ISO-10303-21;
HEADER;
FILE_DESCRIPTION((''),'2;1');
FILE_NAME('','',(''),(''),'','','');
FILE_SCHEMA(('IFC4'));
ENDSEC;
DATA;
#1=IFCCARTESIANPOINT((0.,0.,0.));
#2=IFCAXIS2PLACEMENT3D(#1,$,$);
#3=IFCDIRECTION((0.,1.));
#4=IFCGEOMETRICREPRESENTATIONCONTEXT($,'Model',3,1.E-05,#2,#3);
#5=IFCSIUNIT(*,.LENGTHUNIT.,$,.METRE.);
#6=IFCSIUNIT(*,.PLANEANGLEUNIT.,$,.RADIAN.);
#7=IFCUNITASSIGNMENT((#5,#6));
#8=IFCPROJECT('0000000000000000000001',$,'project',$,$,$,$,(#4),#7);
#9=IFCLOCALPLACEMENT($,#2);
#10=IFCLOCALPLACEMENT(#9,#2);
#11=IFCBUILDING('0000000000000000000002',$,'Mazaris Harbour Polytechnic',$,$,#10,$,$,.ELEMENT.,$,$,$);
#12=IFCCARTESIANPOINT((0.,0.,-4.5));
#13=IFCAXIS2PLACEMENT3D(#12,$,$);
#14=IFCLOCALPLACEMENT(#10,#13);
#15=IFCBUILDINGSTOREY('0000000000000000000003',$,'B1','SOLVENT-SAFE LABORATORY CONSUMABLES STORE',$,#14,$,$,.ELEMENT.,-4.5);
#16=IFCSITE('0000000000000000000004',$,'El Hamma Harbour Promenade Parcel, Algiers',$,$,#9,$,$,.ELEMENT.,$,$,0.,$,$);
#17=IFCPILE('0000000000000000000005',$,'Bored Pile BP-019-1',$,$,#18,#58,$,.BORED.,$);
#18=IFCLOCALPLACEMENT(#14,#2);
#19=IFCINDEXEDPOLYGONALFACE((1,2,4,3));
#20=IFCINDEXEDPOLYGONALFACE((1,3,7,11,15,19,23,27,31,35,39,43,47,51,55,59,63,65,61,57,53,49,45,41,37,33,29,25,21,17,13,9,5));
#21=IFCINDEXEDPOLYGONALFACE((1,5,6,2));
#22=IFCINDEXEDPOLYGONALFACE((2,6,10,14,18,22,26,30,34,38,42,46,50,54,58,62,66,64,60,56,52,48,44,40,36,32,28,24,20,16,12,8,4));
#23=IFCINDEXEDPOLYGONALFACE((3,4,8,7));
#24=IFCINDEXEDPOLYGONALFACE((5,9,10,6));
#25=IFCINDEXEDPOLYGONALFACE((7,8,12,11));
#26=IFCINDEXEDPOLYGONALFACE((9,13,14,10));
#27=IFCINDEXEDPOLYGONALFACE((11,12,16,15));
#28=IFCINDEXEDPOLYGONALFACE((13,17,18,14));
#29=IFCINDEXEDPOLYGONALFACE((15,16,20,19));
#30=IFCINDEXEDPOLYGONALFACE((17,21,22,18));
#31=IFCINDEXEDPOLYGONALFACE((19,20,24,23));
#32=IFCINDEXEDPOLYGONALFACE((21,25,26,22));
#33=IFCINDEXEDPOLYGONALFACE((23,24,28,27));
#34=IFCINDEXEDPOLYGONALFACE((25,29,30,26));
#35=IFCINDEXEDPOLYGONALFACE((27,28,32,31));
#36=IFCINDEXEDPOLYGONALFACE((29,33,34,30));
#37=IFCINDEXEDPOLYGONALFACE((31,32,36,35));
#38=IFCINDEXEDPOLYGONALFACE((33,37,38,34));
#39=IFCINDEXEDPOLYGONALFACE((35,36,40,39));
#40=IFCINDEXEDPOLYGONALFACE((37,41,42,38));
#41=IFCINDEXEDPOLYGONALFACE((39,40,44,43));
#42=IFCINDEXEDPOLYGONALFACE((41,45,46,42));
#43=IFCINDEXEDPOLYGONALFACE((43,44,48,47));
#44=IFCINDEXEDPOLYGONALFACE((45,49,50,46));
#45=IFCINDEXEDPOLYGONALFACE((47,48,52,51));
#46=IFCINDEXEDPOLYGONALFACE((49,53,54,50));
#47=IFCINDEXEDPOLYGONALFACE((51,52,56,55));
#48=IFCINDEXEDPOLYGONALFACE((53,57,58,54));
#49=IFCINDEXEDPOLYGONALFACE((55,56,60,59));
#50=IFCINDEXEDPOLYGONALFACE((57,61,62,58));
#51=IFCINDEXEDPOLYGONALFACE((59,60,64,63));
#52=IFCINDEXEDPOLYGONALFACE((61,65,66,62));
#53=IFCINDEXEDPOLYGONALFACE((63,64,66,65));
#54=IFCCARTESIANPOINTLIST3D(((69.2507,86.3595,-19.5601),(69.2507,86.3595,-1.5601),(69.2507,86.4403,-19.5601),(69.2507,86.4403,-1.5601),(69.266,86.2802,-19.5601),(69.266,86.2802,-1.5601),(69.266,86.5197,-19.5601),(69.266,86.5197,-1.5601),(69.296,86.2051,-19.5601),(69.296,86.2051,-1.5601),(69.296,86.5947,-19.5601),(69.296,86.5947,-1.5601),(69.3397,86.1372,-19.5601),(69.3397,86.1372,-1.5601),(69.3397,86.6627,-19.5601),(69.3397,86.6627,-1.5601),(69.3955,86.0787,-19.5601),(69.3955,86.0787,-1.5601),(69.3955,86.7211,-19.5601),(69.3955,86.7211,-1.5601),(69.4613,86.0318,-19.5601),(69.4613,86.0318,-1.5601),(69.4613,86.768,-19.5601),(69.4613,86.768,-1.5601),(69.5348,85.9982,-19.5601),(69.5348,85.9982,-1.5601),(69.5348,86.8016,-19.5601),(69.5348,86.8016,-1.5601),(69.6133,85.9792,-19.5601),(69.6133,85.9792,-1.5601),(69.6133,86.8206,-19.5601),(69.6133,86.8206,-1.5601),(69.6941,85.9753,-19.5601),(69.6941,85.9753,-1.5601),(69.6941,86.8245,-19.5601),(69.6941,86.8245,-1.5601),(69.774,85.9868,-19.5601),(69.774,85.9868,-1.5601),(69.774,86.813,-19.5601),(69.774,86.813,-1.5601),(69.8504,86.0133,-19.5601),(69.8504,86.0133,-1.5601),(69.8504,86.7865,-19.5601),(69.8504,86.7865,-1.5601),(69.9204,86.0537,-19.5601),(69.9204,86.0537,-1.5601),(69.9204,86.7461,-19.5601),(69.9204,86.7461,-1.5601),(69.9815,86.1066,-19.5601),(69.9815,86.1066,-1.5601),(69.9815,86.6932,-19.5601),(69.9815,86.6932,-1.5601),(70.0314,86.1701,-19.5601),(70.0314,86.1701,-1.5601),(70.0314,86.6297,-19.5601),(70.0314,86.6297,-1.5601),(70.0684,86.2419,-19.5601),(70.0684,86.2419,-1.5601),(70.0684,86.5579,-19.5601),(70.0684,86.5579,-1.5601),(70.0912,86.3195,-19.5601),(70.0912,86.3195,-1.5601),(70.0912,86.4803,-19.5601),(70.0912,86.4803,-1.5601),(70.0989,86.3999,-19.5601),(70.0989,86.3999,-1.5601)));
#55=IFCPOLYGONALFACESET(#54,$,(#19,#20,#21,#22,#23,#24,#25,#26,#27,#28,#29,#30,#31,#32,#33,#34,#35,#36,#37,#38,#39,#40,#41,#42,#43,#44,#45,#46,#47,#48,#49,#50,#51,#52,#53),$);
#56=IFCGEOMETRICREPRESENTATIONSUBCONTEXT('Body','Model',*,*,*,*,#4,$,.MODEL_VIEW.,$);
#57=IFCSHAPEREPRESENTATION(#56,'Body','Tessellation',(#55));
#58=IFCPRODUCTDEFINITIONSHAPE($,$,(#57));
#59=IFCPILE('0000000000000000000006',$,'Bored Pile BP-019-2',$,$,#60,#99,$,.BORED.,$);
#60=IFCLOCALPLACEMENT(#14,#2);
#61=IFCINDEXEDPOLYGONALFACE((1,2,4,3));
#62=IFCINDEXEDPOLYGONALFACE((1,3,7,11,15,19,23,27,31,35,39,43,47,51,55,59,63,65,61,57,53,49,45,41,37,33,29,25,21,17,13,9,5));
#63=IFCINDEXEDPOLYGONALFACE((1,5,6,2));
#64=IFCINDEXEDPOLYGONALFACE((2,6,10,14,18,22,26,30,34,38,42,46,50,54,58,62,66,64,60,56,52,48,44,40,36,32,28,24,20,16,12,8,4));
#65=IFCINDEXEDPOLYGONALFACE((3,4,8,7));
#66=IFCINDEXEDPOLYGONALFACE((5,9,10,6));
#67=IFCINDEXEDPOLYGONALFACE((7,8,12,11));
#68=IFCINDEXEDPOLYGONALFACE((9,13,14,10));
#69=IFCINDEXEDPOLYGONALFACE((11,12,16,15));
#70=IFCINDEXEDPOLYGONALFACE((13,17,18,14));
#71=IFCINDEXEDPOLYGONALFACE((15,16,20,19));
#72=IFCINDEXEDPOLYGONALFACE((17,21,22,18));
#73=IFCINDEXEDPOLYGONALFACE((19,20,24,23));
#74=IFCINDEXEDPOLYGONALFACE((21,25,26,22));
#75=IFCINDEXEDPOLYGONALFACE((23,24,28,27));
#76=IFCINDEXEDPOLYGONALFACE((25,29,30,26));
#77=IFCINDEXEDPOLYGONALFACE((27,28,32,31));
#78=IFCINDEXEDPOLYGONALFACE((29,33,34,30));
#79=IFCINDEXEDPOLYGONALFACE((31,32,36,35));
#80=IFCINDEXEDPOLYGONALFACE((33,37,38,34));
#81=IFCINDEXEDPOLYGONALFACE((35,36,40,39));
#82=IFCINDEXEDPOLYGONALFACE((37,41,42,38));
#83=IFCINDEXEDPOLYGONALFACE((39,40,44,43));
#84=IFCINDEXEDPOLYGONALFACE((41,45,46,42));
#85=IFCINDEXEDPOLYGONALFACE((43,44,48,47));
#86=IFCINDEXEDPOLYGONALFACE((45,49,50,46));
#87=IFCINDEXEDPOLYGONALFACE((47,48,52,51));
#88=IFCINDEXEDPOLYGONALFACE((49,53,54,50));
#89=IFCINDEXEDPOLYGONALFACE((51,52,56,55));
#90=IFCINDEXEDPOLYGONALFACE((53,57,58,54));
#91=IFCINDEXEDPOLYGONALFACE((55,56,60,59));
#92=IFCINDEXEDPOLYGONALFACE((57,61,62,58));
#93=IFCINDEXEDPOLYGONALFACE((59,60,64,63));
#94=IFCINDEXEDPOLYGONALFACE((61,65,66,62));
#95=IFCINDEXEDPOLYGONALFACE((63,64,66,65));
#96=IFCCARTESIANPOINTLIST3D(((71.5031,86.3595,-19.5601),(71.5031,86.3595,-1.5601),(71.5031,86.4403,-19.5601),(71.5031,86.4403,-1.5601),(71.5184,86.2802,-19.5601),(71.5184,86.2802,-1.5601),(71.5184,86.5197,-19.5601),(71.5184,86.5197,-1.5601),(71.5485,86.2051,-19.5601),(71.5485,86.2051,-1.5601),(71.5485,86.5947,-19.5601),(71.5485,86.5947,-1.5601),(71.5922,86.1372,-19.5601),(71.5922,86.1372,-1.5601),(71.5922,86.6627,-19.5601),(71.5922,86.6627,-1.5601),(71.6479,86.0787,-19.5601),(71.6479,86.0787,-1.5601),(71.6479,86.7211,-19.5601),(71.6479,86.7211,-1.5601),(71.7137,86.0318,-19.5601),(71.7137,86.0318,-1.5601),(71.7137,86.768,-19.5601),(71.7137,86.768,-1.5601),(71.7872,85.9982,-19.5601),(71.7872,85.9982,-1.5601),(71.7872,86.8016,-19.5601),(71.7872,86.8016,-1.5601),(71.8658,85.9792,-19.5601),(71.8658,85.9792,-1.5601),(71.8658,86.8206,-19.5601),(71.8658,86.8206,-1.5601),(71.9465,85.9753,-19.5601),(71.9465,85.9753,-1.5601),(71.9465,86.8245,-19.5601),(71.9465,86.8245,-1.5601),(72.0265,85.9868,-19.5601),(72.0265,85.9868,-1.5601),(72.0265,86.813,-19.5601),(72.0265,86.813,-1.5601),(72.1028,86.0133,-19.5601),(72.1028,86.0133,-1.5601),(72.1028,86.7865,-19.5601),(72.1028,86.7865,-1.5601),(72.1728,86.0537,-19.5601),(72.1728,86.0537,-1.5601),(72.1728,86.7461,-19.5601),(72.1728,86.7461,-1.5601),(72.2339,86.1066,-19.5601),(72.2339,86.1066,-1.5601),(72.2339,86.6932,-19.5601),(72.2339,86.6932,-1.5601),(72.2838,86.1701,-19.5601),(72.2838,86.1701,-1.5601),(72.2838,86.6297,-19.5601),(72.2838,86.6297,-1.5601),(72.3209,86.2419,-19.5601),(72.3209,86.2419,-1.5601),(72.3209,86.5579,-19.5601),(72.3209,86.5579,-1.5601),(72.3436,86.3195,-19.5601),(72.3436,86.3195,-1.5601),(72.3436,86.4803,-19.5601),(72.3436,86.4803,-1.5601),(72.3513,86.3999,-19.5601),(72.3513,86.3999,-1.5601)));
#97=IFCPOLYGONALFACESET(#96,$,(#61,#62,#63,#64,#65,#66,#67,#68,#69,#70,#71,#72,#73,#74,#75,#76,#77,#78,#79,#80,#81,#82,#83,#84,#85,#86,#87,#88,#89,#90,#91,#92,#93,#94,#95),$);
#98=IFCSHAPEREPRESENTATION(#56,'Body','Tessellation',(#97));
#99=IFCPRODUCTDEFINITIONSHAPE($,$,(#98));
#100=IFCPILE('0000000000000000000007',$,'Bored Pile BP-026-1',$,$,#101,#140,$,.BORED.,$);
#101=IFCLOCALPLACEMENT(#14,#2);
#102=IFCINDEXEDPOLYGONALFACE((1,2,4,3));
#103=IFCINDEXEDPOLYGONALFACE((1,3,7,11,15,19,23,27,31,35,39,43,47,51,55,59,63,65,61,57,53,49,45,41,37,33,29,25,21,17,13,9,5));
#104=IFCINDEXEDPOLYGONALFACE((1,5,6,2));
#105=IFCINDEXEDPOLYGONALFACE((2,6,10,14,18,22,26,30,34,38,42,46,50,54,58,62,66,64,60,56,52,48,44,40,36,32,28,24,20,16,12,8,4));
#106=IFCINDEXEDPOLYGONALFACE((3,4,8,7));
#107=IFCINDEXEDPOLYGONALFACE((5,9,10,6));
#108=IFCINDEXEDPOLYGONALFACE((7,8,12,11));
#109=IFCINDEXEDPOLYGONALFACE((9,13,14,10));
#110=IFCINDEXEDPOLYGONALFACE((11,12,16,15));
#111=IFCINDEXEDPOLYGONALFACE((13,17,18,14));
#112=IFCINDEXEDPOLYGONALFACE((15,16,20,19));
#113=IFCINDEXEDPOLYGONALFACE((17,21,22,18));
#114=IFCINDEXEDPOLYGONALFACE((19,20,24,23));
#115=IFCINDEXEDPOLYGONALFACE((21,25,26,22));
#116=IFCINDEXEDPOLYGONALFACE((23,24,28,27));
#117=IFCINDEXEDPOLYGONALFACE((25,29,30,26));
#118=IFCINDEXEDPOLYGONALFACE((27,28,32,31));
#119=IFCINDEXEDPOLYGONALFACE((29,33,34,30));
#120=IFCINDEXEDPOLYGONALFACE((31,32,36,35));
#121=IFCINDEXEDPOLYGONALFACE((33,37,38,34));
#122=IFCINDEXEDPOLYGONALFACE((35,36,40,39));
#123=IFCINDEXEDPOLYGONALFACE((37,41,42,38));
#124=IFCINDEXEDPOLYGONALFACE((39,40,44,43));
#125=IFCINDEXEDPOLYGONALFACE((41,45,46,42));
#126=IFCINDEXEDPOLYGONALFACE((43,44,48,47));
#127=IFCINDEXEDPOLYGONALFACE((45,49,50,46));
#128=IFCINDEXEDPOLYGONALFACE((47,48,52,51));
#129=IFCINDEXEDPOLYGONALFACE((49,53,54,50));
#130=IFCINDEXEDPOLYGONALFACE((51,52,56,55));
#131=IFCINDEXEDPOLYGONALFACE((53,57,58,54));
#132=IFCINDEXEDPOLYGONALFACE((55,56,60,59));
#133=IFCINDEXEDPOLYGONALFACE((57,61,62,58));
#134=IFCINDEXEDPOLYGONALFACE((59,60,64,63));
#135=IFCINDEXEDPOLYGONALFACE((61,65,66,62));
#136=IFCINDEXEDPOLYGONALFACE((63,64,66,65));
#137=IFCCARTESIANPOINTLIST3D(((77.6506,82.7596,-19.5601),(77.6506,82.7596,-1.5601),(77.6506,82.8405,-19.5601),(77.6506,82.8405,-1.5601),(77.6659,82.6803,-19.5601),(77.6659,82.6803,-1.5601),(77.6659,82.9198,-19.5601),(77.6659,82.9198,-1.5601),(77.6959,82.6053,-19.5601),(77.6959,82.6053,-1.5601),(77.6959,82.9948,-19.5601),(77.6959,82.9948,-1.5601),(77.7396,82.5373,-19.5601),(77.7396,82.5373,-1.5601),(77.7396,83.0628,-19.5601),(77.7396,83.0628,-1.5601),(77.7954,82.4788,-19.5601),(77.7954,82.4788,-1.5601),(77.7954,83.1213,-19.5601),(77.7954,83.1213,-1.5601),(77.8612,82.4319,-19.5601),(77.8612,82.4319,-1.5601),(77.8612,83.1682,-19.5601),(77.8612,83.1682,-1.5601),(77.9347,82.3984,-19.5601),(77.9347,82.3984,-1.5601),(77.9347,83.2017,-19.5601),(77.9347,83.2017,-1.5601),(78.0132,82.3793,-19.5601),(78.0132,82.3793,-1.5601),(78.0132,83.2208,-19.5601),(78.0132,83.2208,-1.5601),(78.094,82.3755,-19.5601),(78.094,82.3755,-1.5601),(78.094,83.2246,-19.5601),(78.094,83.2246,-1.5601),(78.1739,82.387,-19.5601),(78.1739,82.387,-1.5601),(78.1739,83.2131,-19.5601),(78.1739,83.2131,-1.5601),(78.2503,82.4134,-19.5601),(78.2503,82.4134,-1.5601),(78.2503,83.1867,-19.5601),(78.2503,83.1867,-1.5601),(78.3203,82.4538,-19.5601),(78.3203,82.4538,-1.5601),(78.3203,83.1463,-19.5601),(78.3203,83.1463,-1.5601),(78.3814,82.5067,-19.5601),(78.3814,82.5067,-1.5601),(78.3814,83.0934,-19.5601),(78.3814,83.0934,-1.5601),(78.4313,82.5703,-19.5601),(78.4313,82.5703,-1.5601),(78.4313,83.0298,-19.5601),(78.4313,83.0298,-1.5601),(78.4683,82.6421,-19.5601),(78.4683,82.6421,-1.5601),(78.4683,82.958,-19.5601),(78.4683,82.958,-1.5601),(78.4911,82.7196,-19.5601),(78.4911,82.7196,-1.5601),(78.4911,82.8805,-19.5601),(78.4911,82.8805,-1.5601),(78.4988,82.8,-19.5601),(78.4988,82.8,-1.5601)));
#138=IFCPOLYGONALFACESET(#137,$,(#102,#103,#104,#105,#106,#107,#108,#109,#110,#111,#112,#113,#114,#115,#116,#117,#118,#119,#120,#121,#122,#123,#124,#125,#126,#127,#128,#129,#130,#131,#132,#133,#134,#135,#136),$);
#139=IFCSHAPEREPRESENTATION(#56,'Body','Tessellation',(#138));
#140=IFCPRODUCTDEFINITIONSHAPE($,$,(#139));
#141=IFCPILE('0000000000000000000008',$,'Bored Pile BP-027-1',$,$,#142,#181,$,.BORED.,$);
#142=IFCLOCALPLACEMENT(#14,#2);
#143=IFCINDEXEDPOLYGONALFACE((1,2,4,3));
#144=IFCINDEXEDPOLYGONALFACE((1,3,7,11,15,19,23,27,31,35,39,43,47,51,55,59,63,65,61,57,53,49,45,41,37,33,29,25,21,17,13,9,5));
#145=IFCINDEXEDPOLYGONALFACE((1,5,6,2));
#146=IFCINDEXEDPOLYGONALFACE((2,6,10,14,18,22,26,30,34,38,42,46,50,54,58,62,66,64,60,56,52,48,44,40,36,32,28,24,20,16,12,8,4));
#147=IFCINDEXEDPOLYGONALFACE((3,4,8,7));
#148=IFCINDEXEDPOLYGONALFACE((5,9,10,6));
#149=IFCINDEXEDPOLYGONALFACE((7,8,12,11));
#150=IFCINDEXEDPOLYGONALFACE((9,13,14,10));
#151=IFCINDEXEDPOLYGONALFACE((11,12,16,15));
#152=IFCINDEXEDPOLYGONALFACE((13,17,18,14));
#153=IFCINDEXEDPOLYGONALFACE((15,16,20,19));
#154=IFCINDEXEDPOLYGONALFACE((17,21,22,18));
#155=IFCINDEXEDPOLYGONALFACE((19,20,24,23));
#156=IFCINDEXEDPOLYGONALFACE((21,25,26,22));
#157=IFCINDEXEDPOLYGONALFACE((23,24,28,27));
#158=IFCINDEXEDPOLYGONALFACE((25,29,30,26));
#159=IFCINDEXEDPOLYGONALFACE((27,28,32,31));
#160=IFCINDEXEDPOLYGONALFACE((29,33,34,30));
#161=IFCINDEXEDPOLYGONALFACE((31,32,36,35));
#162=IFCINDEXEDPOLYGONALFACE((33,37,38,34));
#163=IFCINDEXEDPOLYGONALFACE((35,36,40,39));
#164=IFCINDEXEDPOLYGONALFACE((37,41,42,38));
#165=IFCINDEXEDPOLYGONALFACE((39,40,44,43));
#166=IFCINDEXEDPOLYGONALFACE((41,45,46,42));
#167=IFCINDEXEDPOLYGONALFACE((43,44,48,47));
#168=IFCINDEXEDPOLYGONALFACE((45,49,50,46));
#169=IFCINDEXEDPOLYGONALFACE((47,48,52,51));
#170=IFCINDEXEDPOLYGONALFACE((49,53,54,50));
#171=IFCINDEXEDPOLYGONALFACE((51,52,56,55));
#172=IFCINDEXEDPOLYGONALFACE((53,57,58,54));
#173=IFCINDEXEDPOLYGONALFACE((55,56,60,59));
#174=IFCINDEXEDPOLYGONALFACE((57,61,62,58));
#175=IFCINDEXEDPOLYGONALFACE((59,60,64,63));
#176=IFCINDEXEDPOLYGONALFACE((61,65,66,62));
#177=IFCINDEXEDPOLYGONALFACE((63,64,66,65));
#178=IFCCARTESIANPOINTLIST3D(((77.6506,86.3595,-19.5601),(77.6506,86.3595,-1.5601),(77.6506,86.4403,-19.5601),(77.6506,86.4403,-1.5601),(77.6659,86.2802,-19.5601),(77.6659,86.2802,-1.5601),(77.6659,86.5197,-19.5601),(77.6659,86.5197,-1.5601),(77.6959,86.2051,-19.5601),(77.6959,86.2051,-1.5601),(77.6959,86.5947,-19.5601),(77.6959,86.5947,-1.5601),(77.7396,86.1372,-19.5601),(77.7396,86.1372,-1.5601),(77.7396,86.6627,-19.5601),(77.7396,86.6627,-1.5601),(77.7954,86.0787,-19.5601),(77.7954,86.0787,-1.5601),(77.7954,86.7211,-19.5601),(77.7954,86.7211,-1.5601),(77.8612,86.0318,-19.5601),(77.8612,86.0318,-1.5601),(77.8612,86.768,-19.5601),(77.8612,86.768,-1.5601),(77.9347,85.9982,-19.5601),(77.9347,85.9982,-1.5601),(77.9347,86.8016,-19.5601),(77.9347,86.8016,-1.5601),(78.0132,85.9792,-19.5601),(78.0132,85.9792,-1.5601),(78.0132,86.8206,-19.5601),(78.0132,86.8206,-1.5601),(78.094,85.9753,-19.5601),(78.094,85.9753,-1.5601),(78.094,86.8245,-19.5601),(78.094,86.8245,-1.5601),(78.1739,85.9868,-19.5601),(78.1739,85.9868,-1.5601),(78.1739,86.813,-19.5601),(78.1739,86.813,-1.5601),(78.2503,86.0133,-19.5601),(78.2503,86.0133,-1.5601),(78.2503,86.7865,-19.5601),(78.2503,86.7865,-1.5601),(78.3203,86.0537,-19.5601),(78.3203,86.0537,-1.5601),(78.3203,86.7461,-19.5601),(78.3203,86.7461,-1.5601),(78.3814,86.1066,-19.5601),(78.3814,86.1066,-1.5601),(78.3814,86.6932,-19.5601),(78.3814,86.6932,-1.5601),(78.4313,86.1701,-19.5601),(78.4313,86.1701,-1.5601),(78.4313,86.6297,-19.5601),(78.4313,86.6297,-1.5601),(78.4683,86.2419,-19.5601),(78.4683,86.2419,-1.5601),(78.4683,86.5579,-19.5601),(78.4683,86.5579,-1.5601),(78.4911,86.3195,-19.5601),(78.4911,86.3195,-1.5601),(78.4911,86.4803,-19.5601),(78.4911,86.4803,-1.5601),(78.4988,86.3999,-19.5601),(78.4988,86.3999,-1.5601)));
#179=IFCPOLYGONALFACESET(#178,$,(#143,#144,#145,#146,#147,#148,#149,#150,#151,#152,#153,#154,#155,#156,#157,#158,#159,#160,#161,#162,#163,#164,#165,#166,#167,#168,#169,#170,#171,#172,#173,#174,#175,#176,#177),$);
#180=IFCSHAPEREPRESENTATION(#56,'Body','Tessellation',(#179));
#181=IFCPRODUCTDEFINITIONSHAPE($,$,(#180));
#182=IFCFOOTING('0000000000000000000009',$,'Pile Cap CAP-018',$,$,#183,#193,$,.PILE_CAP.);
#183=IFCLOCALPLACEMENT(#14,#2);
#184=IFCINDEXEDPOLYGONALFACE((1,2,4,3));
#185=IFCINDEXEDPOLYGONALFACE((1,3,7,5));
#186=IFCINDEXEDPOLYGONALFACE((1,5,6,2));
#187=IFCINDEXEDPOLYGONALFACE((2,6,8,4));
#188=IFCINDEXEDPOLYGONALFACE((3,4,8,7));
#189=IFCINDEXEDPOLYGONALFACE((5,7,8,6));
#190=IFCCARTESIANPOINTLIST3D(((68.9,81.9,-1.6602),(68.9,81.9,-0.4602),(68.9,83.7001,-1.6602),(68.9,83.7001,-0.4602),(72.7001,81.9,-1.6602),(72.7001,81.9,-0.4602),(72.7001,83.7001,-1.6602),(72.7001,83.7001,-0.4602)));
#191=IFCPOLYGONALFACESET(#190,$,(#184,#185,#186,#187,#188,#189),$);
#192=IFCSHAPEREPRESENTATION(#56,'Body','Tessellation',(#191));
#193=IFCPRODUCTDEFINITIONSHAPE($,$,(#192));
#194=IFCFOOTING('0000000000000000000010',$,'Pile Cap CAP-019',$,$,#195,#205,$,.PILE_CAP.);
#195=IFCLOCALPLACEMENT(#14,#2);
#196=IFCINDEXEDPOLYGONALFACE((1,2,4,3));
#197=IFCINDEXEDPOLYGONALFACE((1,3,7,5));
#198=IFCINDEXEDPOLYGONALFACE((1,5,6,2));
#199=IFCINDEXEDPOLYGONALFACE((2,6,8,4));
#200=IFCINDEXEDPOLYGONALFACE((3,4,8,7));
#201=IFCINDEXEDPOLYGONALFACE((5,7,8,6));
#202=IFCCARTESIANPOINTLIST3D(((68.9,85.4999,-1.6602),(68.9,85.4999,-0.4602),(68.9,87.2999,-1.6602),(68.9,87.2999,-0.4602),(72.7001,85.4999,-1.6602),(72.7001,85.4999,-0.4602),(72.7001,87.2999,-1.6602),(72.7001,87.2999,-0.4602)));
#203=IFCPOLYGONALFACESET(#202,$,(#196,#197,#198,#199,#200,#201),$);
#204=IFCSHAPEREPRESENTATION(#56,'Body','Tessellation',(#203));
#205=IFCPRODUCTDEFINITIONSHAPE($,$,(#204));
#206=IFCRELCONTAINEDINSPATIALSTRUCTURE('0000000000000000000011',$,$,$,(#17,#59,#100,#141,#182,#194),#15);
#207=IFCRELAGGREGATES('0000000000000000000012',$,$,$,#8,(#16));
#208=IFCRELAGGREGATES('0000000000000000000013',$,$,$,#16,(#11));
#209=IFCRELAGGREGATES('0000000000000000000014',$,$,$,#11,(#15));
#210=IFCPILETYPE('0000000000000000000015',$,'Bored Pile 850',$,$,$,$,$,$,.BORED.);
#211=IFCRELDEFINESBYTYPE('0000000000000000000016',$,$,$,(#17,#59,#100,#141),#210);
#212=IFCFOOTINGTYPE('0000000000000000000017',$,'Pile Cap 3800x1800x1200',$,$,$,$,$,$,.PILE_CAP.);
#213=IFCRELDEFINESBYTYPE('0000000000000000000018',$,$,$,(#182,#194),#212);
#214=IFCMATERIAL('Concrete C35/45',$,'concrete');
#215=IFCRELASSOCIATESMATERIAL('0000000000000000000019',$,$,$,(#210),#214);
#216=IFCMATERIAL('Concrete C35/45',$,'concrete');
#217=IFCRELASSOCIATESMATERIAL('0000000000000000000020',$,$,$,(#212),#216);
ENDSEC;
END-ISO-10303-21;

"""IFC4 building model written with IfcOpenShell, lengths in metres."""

from ifc_helpers import new_model, si_unit, direction, frame, origin, origin_2d, place, context, subcontext, project, spatial, rectangle, circle, extrude, material, material_profile, profile_set, type_object, element, save


model = new_model("IFC4")

# Units and contexts
model_context = context("Model", 3, precision=1e-05, world=origin(), true_north=direction((0.0, 1.0)))
body_context = subcontext(model_context, "Body", "Model", "MODEL_VIEW")
ifc_project = project(units=[si_unit("LENGTHUNIT", "METRE"), si_unit("PLANEANGLEUNIT", "RADIAN")], contexts=[model_context])

# Site, building, storey
site_placement = place(None, origin())
site = spatial("IfcSite", under=ifc_project, at=site_placement, Name="El Hamma Harbour Promenade Parcel, Algiers", CompositionType="ELEMENT", RefElevation=0.0)
building_placement = place(site_placement, origin())
building = spatial("IfcBuilding", under=site, at=building_placement, Name="Mazaris Harbour Polytechnic", CompositionType="ELEMENT")
storey_placement = place(building_placement, frame((0.0, 0.0, -4.5)))
storey = spatial("IfcBuildingStorey", under=building, at=storey_placement, Name="B1", Description="SOLVENT-SAFE LABORATORY CONSUMABLES STORE", CompositionType="ELEMENT", Elevation=-4.5)

# Piles
ifc_material_1 = material(Name="Concrete C35/45", Category="concrete")
ifc_material_profile_1 = material_profile(ifc_material_1, circle(Radius=0.425, at=origin_2d()), Name="DIA850")
ifc_profile_set_1 = profile_set([ifc_material_profile_1], Name="Concrete C35/45")
pile_type_1 = type_object("IfcPileType", Name="Bored Pile 850", PredefinedType="BORED", material=ifc_profile_set_1)
for number, where, z_axis, x_axis, name in (
    (1, (69.6738, 86.3999, -1.5601), (0.0, 0.0, -1.0), (1.0, 0.0, 0.0), "Bored Pile BP-019-1"),
    (2, (71.9263, 86.3999, -1.5601), (0.0, 0.0, -1.0), (1.0, 0.0, 0.0), "Bored Pile BP-019-2"),
    (3, (78.0737, 82.8, -1.5601), (0.0, 0.0, -1.0), (1.0, 0.0, 0.0), "Bored Pile BP-026-1"),
    (4, (78.0737, 86.3999, -1.5601), (0.0, 0.0, -1.0), (1.0, 0.0, 0.0), "Bored Pile BP-027-1"),
):
    element("IfcPile", number, at=place(storey_placement, frame(where, z_axis=z_axis, x_axis=x_axis)), inside=storey, type_object=pile_type_1, Name=name, PredefinedType="BORED", context=body_context, shape_type="SweptSolid", body=[
        extrude(circle(Radius=0.425, at=origin_2d()), origin(), (0.0, 0.0, 1.0), 18.0),
    ])

# Footings
ifc_material_2 = material(Name="Concrete C35/45", Category="concrete")
footing_type_1 = type_object("IfcFootingType", Name="Pile Cap 3800x1800x1200", PredefinedType="PILE_CAP", material=ifc_material_2)
for number, where, z_axis, x_axis, name in (
    (5, (70.8, 82.8, -1.6602), (0.0, 0.0, 1.0), (1.0, 0.0, 0.0), "Pile Cap CAP-018"),
    (6, (70.8, 86.3999, -1.6602), (0.0, 0.0, 1.0), (1.0, 0.0, 0.0), "Pile Cap CAP-019"),
):
    element("IfcFooting", number, at=place(storey_placement, frame(where, z_axis=z_axis, x_axis=x_axis)), inside=storey, type_object=footing_type_1, Name=name, PredefinedType="PILE_CAP", context=body_context, shape_type="SweptSolid", body=[
        extrude(rectangle(XDim=3.8, YDim=1.8, at=origin_2d()), origin(), (0.0, 0.0, 1.0), 1.2),
    ])

save(model, "model.ifc")
